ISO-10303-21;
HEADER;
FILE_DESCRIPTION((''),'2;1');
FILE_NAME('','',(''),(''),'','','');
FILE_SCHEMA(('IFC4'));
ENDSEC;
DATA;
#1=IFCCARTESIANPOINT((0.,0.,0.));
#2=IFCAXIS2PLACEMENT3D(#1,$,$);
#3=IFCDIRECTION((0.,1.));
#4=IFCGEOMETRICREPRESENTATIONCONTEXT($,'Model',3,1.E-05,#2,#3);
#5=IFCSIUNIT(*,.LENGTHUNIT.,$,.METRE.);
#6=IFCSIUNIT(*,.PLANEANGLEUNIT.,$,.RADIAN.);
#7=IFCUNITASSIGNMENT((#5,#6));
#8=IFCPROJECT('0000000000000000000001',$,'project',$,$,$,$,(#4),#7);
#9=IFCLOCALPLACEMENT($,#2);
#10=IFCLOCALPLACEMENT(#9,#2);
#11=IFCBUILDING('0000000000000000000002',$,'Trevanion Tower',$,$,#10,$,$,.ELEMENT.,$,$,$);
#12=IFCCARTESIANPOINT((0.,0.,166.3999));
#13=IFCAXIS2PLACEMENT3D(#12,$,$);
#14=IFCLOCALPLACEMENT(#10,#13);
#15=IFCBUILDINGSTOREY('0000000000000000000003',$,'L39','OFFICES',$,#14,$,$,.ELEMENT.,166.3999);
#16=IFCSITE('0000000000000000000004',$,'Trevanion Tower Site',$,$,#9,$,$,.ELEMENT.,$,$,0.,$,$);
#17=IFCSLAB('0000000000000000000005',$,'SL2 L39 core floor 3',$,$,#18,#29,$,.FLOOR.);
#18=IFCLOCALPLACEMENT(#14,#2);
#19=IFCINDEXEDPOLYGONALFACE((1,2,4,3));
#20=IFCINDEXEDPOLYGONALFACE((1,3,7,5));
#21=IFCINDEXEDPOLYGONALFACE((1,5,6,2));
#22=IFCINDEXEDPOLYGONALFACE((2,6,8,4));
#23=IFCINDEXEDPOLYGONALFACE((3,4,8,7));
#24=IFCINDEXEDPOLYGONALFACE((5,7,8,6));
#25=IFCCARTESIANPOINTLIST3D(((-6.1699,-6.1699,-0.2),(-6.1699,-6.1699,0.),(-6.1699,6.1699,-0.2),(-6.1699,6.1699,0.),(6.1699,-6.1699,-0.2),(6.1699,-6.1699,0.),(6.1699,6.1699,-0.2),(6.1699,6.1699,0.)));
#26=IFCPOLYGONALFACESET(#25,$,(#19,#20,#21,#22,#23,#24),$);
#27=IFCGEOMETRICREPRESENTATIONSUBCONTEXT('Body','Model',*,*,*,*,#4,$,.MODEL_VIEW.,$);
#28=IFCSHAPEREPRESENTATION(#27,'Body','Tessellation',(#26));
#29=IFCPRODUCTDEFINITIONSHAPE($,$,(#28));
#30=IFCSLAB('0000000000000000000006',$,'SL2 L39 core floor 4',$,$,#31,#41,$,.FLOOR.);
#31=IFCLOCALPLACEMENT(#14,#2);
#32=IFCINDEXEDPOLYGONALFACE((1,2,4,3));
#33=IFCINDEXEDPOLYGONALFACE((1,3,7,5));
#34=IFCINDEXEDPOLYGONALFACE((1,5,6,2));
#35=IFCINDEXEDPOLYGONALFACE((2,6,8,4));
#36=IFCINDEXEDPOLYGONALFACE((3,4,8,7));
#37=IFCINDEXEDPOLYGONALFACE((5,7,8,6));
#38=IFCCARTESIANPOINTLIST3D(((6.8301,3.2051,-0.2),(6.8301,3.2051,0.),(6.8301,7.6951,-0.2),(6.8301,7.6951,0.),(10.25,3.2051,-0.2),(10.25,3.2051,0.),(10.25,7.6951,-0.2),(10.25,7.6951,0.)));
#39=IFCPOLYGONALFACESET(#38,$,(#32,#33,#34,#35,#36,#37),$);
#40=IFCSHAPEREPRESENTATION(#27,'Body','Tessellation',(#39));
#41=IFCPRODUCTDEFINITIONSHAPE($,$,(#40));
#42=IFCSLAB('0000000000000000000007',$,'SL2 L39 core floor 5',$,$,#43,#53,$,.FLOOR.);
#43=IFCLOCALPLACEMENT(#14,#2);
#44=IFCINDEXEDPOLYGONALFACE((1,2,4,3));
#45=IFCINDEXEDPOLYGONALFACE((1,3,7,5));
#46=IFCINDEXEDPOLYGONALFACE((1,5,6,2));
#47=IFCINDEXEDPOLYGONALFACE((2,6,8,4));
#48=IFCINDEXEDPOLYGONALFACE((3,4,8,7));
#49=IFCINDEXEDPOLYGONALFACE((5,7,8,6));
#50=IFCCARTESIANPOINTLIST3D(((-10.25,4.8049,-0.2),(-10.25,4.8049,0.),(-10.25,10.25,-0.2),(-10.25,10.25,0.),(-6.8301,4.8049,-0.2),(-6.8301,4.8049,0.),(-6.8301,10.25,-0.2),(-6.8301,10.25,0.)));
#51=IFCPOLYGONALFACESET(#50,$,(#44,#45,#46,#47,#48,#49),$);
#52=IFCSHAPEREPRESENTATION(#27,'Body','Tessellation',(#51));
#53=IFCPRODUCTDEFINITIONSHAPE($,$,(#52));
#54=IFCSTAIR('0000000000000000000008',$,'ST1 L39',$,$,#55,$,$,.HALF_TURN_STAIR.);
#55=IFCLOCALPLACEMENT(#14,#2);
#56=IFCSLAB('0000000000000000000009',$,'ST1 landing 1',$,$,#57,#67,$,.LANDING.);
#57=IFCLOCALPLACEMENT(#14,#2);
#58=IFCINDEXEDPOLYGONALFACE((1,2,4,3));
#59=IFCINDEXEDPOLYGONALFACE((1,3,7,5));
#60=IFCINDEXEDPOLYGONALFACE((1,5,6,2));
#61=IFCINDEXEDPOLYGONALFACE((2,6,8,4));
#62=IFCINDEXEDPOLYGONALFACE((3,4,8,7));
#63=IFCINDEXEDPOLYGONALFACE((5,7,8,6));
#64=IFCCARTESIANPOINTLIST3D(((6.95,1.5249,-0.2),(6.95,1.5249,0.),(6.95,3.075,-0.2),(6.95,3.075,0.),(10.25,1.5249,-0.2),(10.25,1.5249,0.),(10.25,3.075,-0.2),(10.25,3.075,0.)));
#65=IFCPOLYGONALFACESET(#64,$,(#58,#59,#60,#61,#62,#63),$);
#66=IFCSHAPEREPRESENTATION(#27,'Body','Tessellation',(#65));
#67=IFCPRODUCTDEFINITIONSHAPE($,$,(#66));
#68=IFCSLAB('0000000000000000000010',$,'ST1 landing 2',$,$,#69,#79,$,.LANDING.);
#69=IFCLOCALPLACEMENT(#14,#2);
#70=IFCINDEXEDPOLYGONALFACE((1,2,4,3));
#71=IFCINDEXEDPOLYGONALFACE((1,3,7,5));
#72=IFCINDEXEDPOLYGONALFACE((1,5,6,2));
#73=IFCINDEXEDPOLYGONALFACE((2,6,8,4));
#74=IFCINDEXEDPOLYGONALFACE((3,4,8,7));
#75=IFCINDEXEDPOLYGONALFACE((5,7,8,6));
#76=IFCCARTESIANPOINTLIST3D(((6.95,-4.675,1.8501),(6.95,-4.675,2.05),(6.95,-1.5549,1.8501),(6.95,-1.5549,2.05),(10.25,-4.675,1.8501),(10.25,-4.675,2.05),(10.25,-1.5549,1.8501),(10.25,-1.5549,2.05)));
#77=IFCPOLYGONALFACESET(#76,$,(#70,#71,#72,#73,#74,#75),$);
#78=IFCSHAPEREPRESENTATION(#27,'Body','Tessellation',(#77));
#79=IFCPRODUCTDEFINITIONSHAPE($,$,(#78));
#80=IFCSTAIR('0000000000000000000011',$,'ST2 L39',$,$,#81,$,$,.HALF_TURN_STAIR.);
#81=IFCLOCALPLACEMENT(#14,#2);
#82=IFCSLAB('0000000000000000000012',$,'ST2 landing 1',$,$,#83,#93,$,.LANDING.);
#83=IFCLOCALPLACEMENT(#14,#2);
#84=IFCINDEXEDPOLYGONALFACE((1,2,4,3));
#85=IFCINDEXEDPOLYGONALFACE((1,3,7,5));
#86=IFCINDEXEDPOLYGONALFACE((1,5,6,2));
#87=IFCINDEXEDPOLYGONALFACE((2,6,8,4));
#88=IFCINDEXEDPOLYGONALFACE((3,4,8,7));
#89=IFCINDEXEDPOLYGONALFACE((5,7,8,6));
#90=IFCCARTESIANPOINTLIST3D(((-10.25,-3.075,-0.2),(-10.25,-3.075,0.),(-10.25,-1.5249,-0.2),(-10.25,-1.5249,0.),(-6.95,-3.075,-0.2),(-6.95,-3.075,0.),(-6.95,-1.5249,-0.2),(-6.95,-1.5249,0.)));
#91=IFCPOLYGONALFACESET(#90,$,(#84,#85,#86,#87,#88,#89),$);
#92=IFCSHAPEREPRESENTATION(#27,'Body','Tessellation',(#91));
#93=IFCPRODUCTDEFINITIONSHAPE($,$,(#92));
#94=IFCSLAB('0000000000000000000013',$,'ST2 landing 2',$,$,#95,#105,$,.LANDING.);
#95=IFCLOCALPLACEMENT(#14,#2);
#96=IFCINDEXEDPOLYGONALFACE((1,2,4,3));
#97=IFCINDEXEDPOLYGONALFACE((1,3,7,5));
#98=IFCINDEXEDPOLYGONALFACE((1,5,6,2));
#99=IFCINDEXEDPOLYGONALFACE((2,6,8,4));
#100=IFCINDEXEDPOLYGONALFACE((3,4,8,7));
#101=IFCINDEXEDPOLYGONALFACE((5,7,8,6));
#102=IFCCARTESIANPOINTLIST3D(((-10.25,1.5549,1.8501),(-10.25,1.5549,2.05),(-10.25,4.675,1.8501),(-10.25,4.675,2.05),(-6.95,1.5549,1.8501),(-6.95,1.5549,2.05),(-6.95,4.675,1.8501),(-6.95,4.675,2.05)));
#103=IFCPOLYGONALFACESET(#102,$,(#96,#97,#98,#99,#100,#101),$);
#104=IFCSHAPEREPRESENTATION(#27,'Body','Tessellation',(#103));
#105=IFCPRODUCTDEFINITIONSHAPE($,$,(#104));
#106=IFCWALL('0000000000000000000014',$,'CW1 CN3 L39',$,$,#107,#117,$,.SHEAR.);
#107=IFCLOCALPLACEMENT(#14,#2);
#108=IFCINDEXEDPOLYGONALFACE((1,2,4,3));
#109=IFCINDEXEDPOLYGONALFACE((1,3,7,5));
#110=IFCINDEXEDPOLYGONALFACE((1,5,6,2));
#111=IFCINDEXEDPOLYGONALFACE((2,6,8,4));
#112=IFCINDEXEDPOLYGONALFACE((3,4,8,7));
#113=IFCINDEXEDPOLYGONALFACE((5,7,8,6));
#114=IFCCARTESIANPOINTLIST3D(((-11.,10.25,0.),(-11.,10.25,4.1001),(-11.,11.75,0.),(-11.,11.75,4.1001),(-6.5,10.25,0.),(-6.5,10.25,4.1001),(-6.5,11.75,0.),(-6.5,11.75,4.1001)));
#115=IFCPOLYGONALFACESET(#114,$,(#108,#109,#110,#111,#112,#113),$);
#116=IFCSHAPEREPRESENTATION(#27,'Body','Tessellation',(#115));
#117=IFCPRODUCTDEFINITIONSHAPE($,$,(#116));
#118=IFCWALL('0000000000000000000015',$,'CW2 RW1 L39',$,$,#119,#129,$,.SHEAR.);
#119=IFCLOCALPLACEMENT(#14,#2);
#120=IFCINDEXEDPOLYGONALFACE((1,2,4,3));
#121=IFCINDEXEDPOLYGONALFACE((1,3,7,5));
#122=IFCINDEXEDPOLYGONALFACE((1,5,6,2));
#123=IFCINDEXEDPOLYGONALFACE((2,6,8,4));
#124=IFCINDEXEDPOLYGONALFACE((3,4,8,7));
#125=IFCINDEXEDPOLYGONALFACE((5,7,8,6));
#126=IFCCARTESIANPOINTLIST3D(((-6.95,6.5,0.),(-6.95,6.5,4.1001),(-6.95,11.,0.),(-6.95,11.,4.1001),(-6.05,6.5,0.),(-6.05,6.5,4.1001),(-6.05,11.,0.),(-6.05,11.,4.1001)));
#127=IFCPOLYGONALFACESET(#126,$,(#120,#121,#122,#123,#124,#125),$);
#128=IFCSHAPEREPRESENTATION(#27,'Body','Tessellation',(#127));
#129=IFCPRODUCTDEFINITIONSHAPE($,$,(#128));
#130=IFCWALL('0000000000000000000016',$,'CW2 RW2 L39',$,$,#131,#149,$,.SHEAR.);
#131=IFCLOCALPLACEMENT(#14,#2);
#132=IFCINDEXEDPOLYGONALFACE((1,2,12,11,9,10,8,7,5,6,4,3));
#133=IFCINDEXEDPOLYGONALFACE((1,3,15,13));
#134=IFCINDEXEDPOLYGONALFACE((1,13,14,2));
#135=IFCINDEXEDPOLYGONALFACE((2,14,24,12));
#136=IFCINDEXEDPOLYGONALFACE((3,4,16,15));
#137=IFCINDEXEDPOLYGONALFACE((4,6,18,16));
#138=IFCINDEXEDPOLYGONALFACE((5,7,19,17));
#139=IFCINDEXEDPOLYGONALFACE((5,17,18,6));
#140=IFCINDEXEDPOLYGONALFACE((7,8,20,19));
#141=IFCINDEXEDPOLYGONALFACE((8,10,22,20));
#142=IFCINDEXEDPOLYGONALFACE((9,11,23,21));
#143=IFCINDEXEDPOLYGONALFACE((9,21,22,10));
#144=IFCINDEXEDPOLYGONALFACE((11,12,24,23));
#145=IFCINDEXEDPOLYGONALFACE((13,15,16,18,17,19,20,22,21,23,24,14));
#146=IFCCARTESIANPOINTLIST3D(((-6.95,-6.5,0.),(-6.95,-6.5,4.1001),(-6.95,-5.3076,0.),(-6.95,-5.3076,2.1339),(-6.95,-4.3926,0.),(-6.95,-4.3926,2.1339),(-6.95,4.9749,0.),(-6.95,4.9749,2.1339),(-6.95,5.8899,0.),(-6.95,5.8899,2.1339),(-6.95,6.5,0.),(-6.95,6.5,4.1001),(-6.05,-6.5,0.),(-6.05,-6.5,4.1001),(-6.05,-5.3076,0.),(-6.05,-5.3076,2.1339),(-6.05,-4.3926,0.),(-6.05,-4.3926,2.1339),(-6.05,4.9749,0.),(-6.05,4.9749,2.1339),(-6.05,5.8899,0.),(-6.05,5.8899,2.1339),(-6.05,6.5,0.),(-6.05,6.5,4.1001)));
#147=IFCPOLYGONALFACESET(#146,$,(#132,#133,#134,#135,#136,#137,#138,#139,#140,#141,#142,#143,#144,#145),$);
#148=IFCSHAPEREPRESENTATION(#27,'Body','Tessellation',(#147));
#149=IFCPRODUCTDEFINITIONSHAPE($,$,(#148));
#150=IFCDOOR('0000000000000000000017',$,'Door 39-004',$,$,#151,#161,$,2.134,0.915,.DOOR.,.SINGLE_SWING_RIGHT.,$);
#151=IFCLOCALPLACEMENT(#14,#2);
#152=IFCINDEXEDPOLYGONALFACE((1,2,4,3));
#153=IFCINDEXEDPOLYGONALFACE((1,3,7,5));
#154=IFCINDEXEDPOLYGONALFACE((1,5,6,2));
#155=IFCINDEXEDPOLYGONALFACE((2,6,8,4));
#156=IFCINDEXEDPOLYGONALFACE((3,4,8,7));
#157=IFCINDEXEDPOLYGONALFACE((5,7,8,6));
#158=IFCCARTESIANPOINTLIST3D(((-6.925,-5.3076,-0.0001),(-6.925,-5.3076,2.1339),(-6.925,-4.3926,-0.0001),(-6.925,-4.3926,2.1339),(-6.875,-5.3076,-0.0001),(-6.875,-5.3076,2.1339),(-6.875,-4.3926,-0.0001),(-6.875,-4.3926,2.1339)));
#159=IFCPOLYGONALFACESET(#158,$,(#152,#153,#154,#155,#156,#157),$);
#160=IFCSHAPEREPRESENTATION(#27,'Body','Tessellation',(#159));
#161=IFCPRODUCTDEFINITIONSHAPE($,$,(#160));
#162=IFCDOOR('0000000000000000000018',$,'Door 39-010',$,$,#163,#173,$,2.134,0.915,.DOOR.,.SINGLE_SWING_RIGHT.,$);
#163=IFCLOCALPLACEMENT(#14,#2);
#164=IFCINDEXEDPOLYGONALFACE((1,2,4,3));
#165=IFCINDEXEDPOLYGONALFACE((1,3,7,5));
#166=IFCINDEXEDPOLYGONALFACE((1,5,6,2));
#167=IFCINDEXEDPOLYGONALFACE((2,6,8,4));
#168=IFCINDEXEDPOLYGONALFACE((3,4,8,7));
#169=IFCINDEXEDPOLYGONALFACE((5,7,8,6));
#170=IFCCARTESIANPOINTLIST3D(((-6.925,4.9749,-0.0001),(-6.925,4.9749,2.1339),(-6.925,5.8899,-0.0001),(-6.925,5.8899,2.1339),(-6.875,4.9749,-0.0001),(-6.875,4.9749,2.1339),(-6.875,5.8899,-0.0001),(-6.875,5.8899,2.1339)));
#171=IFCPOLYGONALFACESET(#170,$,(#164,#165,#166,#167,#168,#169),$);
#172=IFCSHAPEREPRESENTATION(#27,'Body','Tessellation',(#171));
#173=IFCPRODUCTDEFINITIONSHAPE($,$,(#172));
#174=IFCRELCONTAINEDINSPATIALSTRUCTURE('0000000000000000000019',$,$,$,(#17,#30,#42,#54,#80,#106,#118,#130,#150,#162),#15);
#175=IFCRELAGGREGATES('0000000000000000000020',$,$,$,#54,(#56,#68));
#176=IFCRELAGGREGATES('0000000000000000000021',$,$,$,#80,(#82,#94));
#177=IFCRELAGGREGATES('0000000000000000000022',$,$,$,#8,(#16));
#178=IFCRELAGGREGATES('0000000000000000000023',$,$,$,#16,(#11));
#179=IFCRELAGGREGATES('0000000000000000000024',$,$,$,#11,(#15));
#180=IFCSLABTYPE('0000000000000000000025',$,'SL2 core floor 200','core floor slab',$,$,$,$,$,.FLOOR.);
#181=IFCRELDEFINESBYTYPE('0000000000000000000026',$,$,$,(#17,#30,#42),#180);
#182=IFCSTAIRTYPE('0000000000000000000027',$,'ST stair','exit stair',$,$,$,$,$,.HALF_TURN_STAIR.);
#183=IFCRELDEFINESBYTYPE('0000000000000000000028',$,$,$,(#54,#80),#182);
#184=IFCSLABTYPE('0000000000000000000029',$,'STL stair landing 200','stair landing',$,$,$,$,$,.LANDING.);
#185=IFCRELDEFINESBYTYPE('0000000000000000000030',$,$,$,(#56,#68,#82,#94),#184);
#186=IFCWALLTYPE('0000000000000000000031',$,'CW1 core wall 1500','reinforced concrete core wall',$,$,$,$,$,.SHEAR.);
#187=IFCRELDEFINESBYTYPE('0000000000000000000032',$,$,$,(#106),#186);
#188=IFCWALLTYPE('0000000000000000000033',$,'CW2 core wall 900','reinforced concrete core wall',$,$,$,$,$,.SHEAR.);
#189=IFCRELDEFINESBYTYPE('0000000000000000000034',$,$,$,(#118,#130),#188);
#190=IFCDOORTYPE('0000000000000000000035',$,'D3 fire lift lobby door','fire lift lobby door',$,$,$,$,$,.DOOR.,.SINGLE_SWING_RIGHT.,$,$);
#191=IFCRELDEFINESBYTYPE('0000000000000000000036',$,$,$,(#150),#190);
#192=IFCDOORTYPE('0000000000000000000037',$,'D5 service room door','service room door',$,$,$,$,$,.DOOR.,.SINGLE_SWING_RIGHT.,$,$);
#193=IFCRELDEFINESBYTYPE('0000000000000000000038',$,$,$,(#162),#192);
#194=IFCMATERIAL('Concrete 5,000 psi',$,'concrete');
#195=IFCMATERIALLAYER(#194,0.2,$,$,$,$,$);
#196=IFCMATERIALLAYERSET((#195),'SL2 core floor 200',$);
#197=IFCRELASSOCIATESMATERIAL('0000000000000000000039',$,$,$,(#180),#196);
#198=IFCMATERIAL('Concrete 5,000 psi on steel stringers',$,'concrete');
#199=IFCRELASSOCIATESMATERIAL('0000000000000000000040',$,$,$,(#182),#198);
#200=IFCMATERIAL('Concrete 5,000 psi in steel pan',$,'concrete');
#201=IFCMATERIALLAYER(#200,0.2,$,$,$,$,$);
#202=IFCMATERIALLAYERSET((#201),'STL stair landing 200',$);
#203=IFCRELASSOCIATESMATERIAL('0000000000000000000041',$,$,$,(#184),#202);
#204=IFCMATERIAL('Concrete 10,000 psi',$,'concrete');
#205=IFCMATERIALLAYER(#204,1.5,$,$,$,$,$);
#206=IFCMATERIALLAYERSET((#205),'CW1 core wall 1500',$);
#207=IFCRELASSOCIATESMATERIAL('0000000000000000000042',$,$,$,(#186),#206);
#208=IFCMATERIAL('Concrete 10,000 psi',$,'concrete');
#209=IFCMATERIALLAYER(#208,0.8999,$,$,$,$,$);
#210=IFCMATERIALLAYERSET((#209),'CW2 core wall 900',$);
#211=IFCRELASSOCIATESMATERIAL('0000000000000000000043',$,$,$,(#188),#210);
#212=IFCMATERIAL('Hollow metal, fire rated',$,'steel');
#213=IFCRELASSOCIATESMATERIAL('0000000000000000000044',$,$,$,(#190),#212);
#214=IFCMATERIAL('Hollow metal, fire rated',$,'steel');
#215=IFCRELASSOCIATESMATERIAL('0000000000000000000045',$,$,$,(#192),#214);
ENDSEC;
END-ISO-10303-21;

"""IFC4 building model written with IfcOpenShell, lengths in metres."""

from ifc_helpers import new_model, si_unit, direction, frame, frame_2d, origin, place, context, subcontext, project, spatial, polyline, rectangle, outline, extrude, material, layer, layer_set, type_object, element, fill, aggregate, save


model = new_model("IFC4")

# Units and contexts
model_context = context("Model", 3, precision=1e-05, world=origin(), true_north=direction((0.0, 1.0)))
body_context = subcontext(model_context, "Body", "Model", "MODEL_VIEW")
ifc_project = project(units=[si_unit("LENGTHUNIT", "METRE"), si_unit("PLANEANGLEUNIT", "RADIAN")], contexts=[model_context])

# Site, building, storey
site_placement = place(None, origin())
site = spatial("IfcSite", under=ifc_project, at=site_placement, Name="Trevanion Tower Site", CompositionType="ELEMENT", RefElevation=0.0)
building_placement = place(site_placement, origin())
building = spatial("IfcBuilding", under=site, at=building_placement, Name="Trevanion Tower", CompositionType="ELEMENT")
storey_placement = place(building_placement, frame((0.0, 0.0, 166.3999)))
storey = spatial("IfcBuildingStorey", under=building, at=storey_placement, Name="L39", Description="OFFICES", CompositionType="ELEMENT", Elevation=166.3999)

# Slabs
ifc_material_1 = material(Name="Concrete 5,000 psi", Category="concrete")
ifc_layer_1 = layer(ifc_material_1, 0.2)
ifc_layer_set_1 = layer_set([ifc_layer_1], Name="SL2 core floor 200")
slab_type_1 = type_object("IfcSlabType", Name="SL2 core floor 200", Description="core floor slab", PredefinedType="FLOOR", material=ifc_layer_set_1)
slab_1_placement = place(storey_placement, frame((0.0, 0.0, -0.2)))
element("IfcSlab", 1, at=slab_1_placement, inside=storey, type_object=slab_type_1, Name="SL2 L39 core floor 3", PredefinedType="FLOOR", context=body_context, shape_type="SweptSolid", body=[
    extrude(outline(polyline([(6.1699, -6.1699), (-6.1699, -6.1699), (-6.1699, 6.1699), (6.1699, 6.1699), (6.1699, -6.1699)])), origin(), (0.0, 0.0, 1.0), 0.2),
])
slab_2_placement = place(storey_placement, frame((0.0, 0.0, -0.2)))
element("IfcSlab", 2, at=slab_2_placement, inside=storey, type_object=slab_type_1, Name="SL2 L39 core floor 4", PredefinedType="FLOOR", context=body_context, shape_type="SweptSolid", body=[
    extrude(outline(polyline([(6.8301, 3.2051), (6.8301, 7.6951), (10.25, 7.6951), (10.25, 3.2051), (6.8301, 3.2051)])), origin(), (0.0, 0.0, 1.0), 0.2),
])
slab_3_placement = place(storey_placement, frame((0.0, 0.0, -0.2)))
element("IfcSlab", 3, at=slab_3_placement, inside=storey, type_object=slab_type_1, Name="SL2 L39 core floor 5", PredefinedType="FLOOR", context=body_context, shape_type="SweptSolid", body=[
    extrude(outline(polyline([(-6.8301, 4.8049), (-10.25, 4.8049), (-10.25, 10.25), (-6.8301, 10.25), (-6.8301, 4.8049)])), origin(), (0.0, 0.0, 1.0), 0.2),
])

# Stairs, slabs
ifc_material_2 = material(Name="Concrete 5,000 psi on steel stringers", Category="concrete")
stair_type = type_object("IfcStairType", Name="ST stair", Description="exit stair", PredefinedType="HALF_TURN_STAIR", material=ifc_material_2)
stair_1_placement = place(storey_placement, origin())
stair_1 = element("IfcStair", 4, at=stair_1_placement, inside=storey, type_object=stair_type, Name="ST1 L39", PredefinedType="HALF_TURN_STAIR")
ifc_material_3 = material(Name="Concrete 5,000 psi in steel pan", Category="concrete")
ifc_layer_2 = layer(ifc_material_3, 0.2)
ifc_layer_set_2 = layer_set([ifc_layer_2], Name="STL stair landing 200")
slab_type_2 = type_object("IfcSlabType", Name="STL stair landing 200", Description="stair landing", PredefinedType="LANDING", material=ifc_layer_set_2)
slab_4_placement = place(storey_placement, frame((0.0, 0.0, -0.2)))
slab_4 = element("IfcSlab", 5, at=slab_4_placement, type_object=slab_type_2, Name="ST1 landing 1", PredefinedType="LANDING", context=body_context, shape_type="SweptSolid", body=[
    extrude(outline(polyline([(6.95, 1.5249), (10.25, 1.5249), (10.25, 3.075), (6.95, 3.075), (6.95, 1.5249)])), origin(), (0.0, 0.0, 1.0), 0.2),
])
slab_5_placement = place(storey_placement, frame((0.0, 0.0, 1.8501)))
slab_5 = element("IfcSlab", 6, at=slab_5_placement, type_object=slab_type_2, Name="ST1 landing 2", PredefinedType="LANDING", context=body_context, shape_type="SweptSolid", body=[
    extrude(outline(polyline([(6.95, -4.675), (10.25, -4.675), (10.25, -1.5549), (6.95, -1.5549), (6.95, -4.675)])), origin(), (0.0, 0.0, 1.0), 0.2),
])
aggregate(stair_1, [slab_4, slab_5])
stair_2_placement = place(storey_placement, origin())
stair_2 = element("IfcStair", 7, at=stair_2_placement, inside=storey, type_object=stair_type, Name="ST2 L39", PredefinedType="HALF_TURN_STAIR")
slab_6_placement = place(storey_placement, frame((0.0, 0.0, -0.2)))
slab_6 = element("IfcSlab", 8, at=slab_6_placement, type_object=slab_type_2, Name="ST2 landing 1", PredefinedType="LANDING", context=body_context, shape_type="SweptSolid", body=[
    extrude(outline(polyline([(-6.95, -1.5249), (-10.25, -1.5249), (-10.25, -3.075), (-6.95, -3.075), (-6.95, -1.5249)])), origin(), (0.0, 0.0, 1.0), 0.2),
])
slab_7_placement = place(storey_placement, frame((0.0, 0.0, 1.8501)))
slab_7 = element("IfcSlab", 9, at=slab_7_placement, type_object=slab_type_2, Name="ST2 landing 2", PredefinedType="LANDING", context=body_context, shape_type="SweptSolid", body=[
    extrude(outline(polyline([(-6.95, 4.675), (-10.25, 4.675), (-10.25, 1.5549), (-6.95, 1.5549), (-6.95, 4.675)])), origin(), (0.0, 0.0, 1.0), 0.2),
])

# Walls
ifc_material_4 = material(Name="Concrete 10,000 psi", Category="concrete")
ifc_layer_3 = layer(ifc_material_4, 1.5)
ifc_layer_set_3 = layer_set([ifc_layer_3], Name="CW1 core wall 1500")
wall_type_1 = type_object("IfcWallType", Name="CW1 core wall 1500", Description="reinforced concrete core wall", PredefinedType="SHEAR", material=ifc_layer_set_3)
wall_1_placement = place(storey_placement, frame((-6.5, 11.0, 0.0), z_axis=(0.0, 0.0, 1.0), x_axis=(-1.0, 0.0, 0.0)))
element("IfcWall", 10, at=wall_1_placement, inside=storey, type_object=wall_type_1, Name="CW1 CN3 L39", PredefinedType="SHEAR", context=body_context, shape_type="SweptSolid", body=[
    extrude(rectangle(XDim=4.5, YDim=1.5, at=frame_2d((2.25, 0.0))), origin(), (0.0, 0.0, 1.0), 4.1001),
])
ifc_material_5 = material(Name="Concrete 10,000 psi", Category="concrete")
ifc_layer_4 = layer(ifc_material_5, 0.8999)
ifc_layer_set_4 = layer_set([ifc_layer_4], Name="CW2 core wall 900")
wall_type_2 = type_object("IfcWallType", Name="CW2 core wall 900", Description="reinforced concrete core wall", PredefinedType="SHEAR", material=ifc_layer_set_4)
wall_2_placement = place(storey_placement, frame((-6.5, 11.0, 0.0), z_axis=(0.0, 0.0, 1.0), x_axis=(0.0, -1.0, 0.0)))
element("IfcWall", 11, at=wall_2_placement, inside=storey, type_object=wall_type_2, Name="CW2 RW1 L39", PredefinedType="SHEAR", context=body_context, shape_type="SweptSolid", body=[
    extrude(rectangle(XDim=4.5, YDim=0.8999, at=frame_2d((2.25, 0.0))), origin(), (0.0, 0.0, 1.0), 4.1001),
])

# Wall, openings, doors
wall_3_placement = place(storey_placement, frame((-6.5, 6.5, 0.0), z_axis=(0.0, 0.0, 1.0), x_axis=(0.0, -1.0, 0.0)))
wall_3 = element("IfcWall", 12, at=wall_3_placement, inside=storey, type_object=wall_type_2, Name="CW2 RW2 L39", PredefinedType="SHEAR", context=body_context, shape_type="SweptSolid", body=[
    extrude(rectangle(XDim=13.0, YDim=0.8999, at=frame_2d((6.5, 0.0))), origin(), (0.0, 0.0, 1.0), 4.1001),
])
opening_1_placement = place(wall_3_placement, frame((10.8926, 0.0, 0.0)))
opening_1 = element("IfcOpeningElement", 13, at=opening_1_placement, cuts=wall_3, PredefinedType="OPENING", context=body_context, shape_type="SweptSolid", body=[
    extrude(rectangle(XDim=0.915, YDim=2.134, at=frame_2d((0.4575, 1.0669))), frame((0.0, 0.46, 0.0), z_axis=(0.0, -1.0, 0.0), x_axis=(1.0, 0.0, 0.0)), (0.0, 0.0, 1.0), 0.9199),
])
opening_2_placement = place(wall_3_placement, frame((0.6101, 0.0, 0.0)))
opening_2 = element("IfcOpeningElement", 14, at=opening_2_placement, cuts=wall_3, PredefinedType="OPENING", context=body_context, shape_type="SweptSolid", body=[
    extrude(rectangle(XDim=0.915, YDim=2.134, at=frame_2d((0.4575, 1.0669))), frame((0.0, 0.46, 0.0), z_axis=(0.0, -1.0, 0.0), x_axis=(1.0, 0.0, 0.0)), (0.0, 0.0, 1.0), 0.9199),
])
ifc_material_6 = material(Name="Hollow metal, fire rated", Category="steel")
door_type_1 = type_object("IfcDoorType", Name="D3 fire lift lobby door", Description="fire lift lobby door", OperationType="SINGLE_SWING_RIGHT", PredefinedType="DOOR", material=ifc_material_6)
door_1_placement = place(opening_1_placement, origin())
door_1 = element("IfcDoor", 15, at=door_1_placement, inside=storey, type_object=door_type_1, Name="Door 39-004", OperationType="SINGLE_SWING_RIGHT", OverallHeight=2.134, OverallWidth=0.915, PredefinedType="DOOR", context=body_context, shape_type="SweptSolid", body=[
    extrude(rectangle(XDim=0.915, YDim=2.134, at=frame_2d((0.4575, 1.0669))), frame((0.0, -0.375, 0.0), z_axis=(0.0, -1.0, 0.0), x_axis=(1.0, 0.0, 0.0)), (0.0, 0.0, 1.0), 0.05),
])
fill(opening_1, door_1)
ifc_material_7 = material(Name="Hollow metal, fire rated", Category="steel")
door_type_2 = type_object("IfcDoorType", Name="D5 service room door", Description="service room door", OperationType="SINGLE_SWING_RIGHT", PredefinedType="DOOR", material=ifc_material_7)
door_2_placement = place(opening_2_placement, origin())
door_2 = element("IfcDoor", 16, at=door_2_placement, inside=storey, type_object=door_type_2, Name="Door 39-010", OperationType="SINGLE_SWING_RIGHT", OverallHeight=2.134, OverallWidth=0.915, PredefinedType="DOOR", context=body_context, shape_type="SweptSolid", body=[
    extrude(rectangle(XDim=0.915, YDim=2.134, at=frame_2d((0.4575, 1.0669))), frame((0.0, -0.375, 0.0), z_axis=(0.0, -1.0, 0.0), x_axis=(1.0, 0.0, 0.0)), (0.0, 0.0, 1.0), 0.05),
])
fill(opening_2, door_2)

aggregate(stair_2, [slab_6, slab_7])

save(model, "model.ifc")
